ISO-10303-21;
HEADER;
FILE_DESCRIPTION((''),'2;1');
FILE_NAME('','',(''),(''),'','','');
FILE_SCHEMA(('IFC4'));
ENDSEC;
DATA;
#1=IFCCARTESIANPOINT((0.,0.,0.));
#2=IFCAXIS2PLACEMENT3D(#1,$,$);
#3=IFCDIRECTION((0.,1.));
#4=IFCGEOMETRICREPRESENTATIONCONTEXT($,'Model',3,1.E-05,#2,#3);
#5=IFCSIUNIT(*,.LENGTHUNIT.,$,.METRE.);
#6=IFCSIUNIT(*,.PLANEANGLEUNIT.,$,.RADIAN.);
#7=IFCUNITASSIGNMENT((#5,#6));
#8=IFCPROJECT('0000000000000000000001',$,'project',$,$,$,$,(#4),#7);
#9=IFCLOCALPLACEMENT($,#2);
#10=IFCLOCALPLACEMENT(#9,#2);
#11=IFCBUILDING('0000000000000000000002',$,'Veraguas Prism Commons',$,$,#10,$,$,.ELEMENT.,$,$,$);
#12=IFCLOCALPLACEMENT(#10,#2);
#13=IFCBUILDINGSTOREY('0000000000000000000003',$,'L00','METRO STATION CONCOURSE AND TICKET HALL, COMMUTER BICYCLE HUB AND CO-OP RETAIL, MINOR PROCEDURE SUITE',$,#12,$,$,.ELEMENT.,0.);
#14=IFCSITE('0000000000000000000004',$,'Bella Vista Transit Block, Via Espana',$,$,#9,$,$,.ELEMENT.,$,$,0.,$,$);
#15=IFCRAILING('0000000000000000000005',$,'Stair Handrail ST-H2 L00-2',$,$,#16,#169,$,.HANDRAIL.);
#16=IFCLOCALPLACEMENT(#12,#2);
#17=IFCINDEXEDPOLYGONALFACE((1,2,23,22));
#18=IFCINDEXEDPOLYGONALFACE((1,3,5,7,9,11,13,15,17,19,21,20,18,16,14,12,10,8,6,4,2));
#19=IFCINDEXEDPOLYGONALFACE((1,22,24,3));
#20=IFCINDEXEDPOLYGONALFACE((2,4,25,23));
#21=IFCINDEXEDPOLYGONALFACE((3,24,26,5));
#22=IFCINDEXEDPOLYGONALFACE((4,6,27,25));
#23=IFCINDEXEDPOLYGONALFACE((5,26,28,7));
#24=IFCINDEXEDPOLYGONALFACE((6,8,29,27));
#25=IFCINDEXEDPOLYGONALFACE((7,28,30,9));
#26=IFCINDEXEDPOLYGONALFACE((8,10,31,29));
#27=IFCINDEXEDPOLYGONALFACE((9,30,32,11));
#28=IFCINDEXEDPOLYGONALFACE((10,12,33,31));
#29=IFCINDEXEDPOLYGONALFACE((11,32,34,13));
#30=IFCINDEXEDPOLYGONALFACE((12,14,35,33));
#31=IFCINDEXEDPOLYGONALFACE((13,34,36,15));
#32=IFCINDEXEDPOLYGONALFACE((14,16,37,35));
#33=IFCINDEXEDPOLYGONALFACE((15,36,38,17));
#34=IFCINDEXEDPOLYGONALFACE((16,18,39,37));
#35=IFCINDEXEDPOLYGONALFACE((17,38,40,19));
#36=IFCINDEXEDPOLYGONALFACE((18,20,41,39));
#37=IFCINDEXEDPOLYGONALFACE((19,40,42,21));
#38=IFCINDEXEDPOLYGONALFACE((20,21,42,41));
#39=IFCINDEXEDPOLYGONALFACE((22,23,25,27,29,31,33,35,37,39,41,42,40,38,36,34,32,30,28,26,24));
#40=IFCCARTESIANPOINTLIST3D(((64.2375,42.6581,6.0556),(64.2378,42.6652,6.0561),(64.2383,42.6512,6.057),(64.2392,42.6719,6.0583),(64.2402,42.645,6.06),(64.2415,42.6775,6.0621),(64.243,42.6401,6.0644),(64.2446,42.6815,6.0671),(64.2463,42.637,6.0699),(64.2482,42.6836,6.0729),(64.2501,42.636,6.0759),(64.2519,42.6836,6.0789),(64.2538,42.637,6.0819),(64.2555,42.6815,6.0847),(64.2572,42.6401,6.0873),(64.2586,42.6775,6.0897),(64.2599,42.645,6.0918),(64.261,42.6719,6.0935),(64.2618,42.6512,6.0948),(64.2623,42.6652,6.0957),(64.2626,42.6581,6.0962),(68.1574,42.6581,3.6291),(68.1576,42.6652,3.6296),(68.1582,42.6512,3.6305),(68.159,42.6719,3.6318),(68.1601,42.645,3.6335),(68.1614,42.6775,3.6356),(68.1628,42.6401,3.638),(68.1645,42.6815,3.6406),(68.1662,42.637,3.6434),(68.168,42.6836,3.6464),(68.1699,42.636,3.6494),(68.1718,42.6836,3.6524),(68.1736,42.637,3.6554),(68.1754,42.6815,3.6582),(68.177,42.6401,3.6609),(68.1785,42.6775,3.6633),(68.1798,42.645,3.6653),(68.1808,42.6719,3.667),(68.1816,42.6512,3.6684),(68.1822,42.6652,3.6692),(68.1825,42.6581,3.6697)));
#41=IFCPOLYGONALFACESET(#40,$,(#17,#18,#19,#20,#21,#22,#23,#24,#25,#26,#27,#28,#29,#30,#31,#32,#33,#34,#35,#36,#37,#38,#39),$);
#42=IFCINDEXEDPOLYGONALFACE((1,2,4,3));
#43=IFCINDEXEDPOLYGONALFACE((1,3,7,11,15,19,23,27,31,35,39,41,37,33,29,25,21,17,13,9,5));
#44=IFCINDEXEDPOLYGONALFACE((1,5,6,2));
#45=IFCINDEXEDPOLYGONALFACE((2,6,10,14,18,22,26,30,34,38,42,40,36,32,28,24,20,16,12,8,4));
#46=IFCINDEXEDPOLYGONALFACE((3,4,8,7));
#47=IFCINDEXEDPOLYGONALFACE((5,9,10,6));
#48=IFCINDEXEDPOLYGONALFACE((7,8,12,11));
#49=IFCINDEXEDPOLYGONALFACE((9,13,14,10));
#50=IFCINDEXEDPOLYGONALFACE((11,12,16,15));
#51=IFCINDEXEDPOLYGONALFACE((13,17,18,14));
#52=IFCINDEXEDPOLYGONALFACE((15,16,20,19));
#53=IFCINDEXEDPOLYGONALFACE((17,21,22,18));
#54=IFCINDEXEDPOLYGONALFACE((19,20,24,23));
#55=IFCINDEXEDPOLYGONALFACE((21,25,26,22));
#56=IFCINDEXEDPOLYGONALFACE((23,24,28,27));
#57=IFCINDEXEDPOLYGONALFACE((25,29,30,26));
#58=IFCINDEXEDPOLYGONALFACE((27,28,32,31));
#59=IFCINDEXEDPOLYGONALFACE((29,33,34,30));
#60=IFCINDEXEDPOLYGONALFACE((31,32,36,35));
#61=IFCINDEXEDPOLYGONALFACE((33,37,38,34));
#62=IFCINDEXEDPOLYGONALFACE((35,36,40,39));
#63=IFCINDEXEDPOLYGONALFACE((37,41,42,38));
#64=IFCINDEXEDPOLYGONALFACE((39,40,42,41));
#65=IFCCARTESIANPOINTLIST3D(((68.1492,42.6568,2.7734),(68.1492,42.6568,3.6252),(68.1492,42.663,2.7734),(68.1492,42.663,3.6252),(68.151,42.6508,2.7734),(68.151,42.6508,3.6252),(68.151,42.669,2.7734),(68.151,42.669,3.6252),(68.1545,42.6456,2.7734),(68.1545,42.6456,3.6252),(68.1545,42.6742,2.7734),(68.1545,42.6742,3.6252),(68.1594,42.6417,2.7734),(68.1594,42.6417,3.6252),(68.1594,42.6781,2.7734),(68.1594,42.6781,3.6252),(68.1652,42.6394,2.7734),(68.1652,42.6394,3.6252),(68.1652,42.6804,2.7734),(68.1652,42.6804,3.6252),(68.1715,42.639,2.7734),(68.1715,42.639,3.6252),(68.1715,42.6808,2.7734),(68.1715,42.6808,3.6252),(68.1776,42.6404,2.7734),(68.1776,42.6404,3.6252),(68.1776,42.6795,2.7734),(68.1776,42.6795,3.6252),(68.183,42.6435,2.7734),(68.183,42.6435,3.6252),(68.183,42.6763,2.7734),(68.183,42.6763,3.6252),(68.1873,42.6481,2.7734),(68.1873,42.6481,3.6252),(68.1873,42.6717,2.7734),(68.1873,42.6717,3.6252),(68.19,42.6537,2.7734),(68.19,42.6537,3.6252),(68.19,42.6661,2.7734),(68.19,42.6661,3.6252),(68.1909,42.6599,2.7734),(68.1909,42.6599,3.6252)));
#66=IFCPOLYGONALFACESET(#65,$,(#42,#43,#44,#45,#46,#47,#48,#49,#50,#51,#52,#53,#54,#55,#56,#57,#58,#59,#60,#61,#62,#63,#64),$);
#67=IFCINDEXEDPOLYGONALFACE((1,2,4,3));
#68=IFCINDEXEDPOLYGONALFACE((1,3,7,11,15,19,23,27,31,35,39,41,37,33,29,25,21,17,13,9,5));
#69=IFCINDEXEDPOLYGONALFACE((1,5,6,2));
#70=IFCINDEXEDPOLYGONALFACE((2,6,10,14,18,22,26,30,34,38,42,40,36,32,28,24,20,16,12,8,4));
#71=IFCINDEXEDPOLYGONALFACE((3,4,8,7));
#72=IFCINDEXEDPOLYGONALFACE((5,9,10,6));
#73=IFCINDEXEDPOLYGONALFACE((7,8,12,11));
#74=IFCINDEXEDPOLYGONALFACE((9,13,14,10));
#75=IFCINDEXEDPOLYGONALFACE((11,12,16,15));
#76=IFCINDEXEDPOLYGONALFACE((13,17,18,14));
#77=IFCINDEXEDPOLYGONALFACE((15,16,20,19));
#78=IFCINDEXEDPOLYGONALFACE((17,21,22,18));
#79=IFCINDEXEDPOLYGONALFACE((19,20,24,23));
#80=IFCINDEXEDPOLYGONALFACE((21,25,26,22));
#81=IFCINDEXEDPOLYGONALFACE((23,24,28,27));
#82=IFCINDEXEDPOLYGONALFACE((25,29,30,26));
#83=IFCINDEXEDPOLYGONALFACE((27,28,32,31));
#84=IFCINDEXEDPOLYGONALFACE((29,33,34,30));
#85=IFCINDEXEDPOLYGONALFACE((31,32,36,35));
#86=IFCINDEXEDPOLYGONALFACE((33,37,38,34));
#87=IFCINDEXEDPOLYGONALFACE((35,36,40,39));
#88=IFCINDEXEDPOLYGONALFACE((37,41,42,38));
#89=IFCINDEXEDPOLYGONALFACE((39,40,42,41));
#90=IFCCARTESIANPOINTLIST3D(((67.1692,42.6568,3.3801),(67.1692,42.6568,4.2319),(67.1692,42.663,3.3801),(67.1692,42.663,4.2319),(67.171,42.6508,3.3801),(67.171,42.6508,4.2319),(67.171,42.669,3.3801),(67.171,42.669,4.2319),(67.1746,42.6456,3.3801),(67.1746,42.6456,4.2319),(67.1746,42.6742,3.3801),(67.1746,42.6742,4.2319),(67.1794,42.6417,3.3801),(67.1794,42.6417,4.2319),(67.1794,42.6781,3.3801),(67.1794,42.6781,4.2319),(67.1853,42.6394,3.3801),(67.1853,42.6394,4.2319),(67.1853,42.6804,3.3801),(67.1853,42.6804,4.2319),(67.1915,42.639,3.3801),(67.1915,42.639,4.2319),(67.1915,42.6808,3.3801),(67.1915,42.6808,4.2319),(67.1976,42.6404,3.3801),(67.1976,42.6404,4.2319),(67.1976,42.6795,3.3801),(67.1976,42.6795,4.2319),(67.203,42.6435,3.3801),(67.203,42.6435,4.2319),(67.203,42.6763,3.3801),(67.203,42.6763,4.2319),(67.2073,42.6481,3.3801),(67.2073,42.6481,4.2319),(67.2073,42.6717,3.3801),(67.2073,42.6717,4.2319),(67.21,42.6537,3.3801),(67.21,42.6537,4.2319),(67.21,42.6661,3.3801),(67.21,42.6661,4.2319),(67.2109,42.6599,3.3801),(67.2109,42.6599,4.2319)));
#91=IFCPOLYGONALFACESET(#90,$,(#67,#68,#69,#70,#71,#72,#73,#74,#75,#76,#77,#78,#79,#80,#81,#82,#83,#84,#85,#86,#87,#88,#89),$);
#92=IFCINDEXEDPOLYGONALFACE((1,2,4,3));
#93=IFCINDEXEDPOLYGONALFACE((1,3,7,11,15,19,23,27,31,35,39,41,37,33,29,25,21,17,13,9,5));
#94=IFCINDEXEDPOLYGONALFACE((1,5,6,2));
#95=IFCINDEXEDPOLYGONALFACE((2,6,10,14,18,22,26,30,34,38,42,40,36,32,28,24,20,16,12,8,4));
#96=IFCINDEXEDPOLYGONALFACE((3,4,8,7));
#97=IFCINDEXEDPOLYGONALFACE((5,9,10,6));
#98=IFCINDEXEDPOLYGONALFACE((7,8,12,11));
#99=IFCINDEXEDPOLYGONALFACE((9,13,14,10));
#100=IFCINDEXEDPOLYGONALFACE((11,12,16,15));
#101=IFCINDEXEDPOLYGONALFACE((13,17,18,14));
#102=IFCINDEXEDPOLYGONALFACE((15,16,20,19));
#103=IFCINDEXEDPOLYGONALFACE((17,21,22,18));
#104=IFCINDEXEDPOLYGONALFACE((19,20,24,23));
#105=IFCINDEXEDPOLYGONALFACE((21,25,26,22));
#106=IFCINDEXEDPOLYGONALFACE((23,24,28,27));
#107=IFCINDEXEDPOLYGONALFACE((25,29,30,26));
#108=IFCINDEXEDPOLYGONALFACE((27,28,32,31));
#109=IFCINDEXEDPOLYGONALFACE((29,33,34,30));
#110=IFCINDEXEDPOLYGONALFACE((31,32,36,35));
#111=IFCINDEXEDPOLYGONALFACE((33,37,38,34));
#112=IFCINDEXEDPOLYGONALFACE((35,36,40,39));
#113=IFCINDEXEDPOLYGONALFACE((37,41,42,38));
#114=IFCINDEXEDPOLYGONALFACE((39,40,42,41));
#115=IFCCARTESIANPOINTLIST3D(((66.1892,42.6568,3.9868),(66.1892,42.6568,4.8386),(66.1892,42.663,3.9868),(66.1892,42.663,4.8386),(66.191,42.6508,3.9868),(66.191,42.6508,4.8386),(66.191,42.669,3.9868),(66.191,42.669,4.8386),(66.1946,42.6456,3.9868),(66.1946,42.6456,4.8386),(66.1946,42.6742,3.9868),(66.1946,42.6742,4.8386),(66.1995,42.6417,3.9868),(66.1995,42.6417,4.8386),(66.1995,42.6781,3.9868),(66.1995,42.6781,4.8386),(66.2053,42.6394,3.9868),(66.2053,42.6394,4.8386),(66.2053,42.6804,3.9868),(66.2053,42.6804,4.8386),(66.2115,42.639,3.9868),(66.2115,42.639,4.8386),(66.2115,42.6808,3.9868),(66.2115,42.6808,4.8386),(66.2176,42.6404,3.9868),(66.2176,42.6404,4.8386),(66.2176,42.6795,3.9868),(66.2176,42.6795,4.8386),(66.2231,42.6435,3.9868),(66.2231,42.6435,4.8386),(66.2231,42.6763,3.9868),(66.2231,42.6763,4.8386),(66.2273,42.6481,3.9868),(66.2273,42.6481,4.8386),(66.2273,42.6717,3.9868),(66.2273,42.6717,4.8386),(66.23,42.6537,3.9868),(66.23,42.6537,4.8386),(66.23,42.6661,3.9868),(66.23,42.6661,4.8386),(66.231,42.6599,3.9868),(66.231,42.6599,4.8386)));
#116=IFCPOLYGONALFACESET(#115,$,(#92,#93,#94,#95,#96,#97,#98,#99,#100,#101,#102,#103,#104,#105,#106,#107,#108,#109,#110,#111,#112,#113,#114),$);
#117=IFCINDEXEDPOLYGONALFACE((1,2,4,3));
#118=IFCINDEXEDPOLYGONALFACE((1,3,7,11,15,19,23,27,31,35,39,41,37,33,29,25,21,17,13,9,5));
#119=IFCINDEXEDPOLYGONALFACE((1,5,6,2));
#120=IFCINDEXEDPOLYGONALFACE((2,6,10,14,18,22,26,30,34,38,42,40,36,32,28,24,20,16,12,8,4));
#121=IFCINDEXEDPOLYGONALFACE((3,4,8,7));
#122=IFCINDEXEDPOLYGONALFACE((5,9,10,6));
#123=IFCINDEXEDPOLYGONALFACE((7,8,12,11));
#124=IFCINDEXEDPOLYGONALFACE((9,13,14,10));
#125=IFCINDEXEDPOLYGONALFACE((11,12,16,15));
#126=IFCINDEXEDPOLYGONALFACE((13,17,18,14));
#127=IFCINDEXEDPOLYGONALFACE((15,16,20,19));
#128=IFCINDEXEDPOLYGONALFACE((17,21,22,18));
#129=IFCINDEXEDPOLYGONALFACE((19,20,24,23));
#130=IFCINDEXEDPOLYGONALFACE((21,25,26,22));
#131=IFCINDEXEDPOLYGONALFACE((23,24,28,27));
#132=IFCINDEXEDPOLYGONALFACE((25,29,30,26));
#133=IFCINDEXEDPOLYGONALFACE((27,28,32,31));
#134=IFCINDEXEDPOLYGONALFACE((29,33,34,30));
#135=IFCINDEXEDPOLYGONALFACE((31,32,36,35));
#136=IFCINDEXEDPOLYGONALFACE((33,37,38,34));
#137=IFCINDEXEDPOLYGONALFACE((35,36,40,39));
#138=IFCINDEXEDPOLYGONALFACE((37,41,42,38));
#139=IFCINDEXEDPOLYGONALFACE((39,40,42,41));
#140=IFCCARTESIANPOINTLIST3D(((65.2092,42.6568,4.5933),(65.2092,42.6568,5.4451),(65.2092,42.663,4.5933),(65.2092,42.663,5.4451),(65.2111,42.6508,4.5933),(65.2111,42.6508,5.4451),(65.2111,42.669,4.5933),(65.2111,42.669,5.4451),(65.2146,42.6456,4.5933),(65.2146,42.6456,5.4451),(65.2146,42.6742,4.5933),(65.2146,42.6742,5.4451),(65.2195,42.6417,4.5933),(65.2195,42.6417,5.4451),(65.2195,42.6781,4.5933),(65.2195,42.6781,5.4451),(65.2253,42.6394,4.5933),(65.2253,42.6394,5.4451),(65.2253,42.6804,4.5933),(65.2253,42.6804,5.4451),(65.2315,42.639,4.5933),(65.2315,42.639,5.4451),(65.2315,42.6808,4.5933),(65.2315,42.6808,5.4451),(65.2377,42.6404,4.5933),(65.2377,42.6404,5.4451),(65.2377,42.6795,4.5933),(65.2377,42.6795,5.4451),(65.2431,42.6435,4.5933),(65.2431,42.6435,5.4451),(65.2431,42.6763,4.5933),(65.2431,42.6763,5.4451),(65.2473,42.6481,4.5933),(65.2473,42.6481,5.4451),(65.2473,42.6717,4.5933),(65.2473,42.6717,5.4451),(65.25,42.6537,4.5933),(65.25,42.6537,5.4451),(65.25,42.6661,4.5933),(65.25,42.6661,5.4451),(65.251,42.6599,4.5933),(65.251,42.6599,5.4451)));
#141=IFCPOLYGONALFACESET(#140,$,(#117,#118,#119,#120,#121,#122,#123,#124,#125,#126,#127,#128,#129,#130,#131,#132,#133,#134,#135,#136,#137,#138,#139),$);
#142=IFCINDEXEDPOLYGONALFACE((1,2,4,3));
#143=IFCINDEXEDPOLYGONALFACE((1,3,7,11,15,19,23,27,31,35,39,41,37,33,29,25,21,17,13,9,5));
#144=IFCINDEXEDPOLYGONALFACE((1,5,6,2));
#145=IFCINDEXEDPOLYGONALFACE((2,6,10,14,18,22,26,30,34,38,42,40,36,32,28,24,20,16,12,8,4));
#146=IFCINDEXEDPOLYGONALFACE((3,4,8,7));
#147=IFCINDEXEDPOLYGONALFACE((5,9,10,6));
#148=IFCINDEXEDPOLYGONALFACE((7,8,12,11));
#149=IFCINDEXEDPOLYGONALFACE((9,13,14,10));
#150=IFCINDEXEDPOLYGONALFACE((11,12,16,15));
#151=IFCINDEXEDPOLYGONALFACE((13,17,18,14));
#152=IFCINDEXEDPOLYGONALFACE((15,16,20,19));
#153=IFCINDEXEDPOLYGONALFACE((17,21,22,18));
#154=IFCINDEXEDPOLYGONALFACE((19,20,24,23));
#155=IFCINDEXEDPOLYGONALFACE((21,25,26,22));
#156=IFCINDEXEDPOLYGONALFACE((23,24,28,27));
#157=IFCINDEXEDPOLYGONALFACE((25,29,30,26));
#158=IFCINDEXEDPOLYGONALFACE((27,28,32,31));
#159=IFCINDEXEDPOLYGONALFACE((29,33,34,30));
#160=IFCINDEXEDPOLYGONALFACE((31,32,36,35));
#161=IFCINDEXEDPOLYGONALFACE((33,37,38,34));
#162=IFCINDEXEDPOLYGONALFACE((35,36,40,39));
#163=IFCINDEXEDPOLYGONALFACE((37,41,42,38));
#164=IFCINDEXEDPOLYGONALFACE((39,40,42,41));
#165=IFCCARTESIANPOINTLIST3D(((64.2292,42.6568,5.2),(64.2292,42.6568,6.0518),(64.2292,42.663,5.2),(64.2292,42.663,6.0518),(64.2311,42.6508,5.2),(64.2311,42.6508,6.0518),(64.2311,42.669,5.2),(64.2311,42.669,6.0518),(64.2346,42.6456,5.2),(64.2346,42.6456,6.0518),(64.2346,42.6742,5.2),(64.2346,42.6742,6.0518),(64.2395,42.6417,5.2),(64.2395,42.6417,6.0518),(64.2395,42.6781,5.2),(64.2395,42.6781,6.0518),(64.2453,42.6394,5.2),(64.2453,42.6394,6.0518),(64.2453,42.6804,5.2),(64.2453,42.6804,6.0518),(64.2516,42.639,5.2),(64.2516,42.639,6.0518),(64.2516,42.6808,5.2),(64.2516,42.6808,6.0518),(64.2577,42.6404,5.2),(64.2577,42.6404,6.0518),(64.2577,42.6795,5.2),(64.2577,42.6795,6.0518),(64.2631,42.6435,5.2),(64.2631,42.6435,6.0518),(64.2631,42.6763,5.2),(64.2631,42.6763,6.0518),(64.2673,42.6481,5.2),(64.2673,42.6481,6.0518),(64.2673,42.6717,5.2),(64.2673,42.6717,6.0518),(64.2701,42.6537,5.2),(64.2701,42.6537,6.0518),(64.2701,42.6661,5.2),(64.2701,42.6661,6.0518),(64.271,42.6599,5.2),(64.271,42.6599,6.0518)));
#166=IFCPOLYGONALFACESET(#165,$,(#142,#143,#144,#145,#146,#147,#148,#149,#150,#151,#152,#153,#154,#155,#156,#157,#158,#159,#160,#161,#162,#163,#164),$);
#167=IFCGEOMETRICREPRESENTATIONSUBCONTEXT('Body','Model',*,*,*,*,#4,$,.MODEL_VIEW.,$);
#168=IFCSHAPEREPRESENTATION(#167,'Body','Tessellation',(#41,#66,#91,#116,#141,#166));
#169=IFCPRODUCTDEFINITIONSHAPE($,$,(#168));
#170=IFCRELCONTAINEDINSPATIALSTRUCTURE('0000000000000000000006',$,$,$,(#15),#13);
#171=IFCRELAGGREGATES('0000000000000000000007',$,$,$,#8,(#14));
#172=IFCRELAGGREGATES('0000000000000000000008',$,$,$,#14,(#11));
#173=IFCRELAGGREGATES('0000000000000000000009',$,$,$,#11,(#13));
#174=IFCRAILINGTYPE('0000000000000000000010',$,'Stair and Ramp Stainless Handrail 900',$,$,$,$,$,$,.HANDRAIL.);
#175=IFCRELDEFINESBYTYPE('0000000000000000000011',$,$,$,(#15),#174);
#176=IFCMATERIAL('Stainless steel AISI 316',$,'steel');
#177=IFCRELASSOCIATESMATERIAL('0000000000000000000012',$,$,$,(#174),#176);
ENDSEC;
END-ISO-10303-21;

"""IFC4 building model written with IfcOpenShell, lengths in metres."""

from ifc_helpers import new_model, si_unit, direction, frame, origin, origin_2d, place, context, subcontext, project, spatial, circle, extrude, material, type_object, element, save


model = new_model("IFC4")

# Units and contexts
model_context = context("Model", 3, precision=1e-05, world=origin(), true_north=direction((0.0, 1.0)))
body_context = subcontext(model_context, "Body", "Model", "MODEL_VIEW")
ifc_project = project(units=[si_unit("LENGTHUNIT", "METRE"), si_unit("PLANEANGLEUNIT", "RADIAN")], contexts=[model_context])

# Site, building, storey
site_placement = place(None, origin())
site = spatial("IfcSite", under=ifc_project, at=site_placement, Name="Bella Vista Transit Block, Via Espana", CompositionType="ELEMENT", RefElevation=0.0)
building_placement = place(site_placement, origin())
building = spatial("IfcBuilding", under=site, at=building_placement, Name="Veraguas Prism Commons", CompositionType="ELEMENT")
storey_placement = place(building_placement, origin())
storey = spatial("IfcBuildingStorey", under=building, at=storey_placement, Name="L00", Description="METRO STATION CONCOURSE AND TICKET HALL, COMMUTER BICYCLE HUB AND CO-OP RETAIL, MINOR PROCEDURE SUITE", CompositionType="ELEMENT", Elevation=0.0)

# Railing
ifc_material_1 = material(Name="Stainless steel AISI 316", Category="steel")
railing_type_1 = type_object("IfcRailingType", Name="Stair and Ramp Stainless Handrail 900", PredefinedType="HANDRAIL", material=ifc_material_1)
railing_1_placement = place(storey_placement, frame((68.1699, 42.6599, 2.7734)))
element("IfcRailing", 1, at=railing_1_placement, inside=storey, type_object=railing_type_1, Name="Stair Handrail ST-H2 L00-2", PredefinedType="HANDRAIL", context=body_context, shape_type="SweptSolid", body=[
    extrude(circle(Radius=0.0239, at=origin_2d()), frame((0.0, 0.0, 0.876), z_axis=(-0.850275, 0.0, 0.526338), x_axis=(0.0, -1.0, 0.0)), (0.0, 0.0, 1.0), 4.6101),
    extrude(circle(Radius=0.021, at=origin_2d()), origin(), (0.0, 0.0, 1.0), 0.8518),
    extrude(circle(Radius=0.021, at=origin_2d()), frame((-0.98, 0.0, 0.6067)), (0.0, 0.0, 1.0), 0.8518),
    extrude(circle(Radius=0.021, at=origin_2d()), frame((-1.96, 0.0, 1.2134)), (0.0, 0.0, 1.0), 0.8518),
    extrude(circle(Radius=0.021, at=origin_2d()), frame((-2.9399, 0.0, 1.8198)), (0.0, 0.0, 1.0), 0.8518),
    extrude(circle(Radius=0.021, at=origin_2d()), frame((-3.9199, 0.0, 2.4265)), (0.0, 0.0, 1.0), 0.8518),
])

save(model, "model.ifc")
